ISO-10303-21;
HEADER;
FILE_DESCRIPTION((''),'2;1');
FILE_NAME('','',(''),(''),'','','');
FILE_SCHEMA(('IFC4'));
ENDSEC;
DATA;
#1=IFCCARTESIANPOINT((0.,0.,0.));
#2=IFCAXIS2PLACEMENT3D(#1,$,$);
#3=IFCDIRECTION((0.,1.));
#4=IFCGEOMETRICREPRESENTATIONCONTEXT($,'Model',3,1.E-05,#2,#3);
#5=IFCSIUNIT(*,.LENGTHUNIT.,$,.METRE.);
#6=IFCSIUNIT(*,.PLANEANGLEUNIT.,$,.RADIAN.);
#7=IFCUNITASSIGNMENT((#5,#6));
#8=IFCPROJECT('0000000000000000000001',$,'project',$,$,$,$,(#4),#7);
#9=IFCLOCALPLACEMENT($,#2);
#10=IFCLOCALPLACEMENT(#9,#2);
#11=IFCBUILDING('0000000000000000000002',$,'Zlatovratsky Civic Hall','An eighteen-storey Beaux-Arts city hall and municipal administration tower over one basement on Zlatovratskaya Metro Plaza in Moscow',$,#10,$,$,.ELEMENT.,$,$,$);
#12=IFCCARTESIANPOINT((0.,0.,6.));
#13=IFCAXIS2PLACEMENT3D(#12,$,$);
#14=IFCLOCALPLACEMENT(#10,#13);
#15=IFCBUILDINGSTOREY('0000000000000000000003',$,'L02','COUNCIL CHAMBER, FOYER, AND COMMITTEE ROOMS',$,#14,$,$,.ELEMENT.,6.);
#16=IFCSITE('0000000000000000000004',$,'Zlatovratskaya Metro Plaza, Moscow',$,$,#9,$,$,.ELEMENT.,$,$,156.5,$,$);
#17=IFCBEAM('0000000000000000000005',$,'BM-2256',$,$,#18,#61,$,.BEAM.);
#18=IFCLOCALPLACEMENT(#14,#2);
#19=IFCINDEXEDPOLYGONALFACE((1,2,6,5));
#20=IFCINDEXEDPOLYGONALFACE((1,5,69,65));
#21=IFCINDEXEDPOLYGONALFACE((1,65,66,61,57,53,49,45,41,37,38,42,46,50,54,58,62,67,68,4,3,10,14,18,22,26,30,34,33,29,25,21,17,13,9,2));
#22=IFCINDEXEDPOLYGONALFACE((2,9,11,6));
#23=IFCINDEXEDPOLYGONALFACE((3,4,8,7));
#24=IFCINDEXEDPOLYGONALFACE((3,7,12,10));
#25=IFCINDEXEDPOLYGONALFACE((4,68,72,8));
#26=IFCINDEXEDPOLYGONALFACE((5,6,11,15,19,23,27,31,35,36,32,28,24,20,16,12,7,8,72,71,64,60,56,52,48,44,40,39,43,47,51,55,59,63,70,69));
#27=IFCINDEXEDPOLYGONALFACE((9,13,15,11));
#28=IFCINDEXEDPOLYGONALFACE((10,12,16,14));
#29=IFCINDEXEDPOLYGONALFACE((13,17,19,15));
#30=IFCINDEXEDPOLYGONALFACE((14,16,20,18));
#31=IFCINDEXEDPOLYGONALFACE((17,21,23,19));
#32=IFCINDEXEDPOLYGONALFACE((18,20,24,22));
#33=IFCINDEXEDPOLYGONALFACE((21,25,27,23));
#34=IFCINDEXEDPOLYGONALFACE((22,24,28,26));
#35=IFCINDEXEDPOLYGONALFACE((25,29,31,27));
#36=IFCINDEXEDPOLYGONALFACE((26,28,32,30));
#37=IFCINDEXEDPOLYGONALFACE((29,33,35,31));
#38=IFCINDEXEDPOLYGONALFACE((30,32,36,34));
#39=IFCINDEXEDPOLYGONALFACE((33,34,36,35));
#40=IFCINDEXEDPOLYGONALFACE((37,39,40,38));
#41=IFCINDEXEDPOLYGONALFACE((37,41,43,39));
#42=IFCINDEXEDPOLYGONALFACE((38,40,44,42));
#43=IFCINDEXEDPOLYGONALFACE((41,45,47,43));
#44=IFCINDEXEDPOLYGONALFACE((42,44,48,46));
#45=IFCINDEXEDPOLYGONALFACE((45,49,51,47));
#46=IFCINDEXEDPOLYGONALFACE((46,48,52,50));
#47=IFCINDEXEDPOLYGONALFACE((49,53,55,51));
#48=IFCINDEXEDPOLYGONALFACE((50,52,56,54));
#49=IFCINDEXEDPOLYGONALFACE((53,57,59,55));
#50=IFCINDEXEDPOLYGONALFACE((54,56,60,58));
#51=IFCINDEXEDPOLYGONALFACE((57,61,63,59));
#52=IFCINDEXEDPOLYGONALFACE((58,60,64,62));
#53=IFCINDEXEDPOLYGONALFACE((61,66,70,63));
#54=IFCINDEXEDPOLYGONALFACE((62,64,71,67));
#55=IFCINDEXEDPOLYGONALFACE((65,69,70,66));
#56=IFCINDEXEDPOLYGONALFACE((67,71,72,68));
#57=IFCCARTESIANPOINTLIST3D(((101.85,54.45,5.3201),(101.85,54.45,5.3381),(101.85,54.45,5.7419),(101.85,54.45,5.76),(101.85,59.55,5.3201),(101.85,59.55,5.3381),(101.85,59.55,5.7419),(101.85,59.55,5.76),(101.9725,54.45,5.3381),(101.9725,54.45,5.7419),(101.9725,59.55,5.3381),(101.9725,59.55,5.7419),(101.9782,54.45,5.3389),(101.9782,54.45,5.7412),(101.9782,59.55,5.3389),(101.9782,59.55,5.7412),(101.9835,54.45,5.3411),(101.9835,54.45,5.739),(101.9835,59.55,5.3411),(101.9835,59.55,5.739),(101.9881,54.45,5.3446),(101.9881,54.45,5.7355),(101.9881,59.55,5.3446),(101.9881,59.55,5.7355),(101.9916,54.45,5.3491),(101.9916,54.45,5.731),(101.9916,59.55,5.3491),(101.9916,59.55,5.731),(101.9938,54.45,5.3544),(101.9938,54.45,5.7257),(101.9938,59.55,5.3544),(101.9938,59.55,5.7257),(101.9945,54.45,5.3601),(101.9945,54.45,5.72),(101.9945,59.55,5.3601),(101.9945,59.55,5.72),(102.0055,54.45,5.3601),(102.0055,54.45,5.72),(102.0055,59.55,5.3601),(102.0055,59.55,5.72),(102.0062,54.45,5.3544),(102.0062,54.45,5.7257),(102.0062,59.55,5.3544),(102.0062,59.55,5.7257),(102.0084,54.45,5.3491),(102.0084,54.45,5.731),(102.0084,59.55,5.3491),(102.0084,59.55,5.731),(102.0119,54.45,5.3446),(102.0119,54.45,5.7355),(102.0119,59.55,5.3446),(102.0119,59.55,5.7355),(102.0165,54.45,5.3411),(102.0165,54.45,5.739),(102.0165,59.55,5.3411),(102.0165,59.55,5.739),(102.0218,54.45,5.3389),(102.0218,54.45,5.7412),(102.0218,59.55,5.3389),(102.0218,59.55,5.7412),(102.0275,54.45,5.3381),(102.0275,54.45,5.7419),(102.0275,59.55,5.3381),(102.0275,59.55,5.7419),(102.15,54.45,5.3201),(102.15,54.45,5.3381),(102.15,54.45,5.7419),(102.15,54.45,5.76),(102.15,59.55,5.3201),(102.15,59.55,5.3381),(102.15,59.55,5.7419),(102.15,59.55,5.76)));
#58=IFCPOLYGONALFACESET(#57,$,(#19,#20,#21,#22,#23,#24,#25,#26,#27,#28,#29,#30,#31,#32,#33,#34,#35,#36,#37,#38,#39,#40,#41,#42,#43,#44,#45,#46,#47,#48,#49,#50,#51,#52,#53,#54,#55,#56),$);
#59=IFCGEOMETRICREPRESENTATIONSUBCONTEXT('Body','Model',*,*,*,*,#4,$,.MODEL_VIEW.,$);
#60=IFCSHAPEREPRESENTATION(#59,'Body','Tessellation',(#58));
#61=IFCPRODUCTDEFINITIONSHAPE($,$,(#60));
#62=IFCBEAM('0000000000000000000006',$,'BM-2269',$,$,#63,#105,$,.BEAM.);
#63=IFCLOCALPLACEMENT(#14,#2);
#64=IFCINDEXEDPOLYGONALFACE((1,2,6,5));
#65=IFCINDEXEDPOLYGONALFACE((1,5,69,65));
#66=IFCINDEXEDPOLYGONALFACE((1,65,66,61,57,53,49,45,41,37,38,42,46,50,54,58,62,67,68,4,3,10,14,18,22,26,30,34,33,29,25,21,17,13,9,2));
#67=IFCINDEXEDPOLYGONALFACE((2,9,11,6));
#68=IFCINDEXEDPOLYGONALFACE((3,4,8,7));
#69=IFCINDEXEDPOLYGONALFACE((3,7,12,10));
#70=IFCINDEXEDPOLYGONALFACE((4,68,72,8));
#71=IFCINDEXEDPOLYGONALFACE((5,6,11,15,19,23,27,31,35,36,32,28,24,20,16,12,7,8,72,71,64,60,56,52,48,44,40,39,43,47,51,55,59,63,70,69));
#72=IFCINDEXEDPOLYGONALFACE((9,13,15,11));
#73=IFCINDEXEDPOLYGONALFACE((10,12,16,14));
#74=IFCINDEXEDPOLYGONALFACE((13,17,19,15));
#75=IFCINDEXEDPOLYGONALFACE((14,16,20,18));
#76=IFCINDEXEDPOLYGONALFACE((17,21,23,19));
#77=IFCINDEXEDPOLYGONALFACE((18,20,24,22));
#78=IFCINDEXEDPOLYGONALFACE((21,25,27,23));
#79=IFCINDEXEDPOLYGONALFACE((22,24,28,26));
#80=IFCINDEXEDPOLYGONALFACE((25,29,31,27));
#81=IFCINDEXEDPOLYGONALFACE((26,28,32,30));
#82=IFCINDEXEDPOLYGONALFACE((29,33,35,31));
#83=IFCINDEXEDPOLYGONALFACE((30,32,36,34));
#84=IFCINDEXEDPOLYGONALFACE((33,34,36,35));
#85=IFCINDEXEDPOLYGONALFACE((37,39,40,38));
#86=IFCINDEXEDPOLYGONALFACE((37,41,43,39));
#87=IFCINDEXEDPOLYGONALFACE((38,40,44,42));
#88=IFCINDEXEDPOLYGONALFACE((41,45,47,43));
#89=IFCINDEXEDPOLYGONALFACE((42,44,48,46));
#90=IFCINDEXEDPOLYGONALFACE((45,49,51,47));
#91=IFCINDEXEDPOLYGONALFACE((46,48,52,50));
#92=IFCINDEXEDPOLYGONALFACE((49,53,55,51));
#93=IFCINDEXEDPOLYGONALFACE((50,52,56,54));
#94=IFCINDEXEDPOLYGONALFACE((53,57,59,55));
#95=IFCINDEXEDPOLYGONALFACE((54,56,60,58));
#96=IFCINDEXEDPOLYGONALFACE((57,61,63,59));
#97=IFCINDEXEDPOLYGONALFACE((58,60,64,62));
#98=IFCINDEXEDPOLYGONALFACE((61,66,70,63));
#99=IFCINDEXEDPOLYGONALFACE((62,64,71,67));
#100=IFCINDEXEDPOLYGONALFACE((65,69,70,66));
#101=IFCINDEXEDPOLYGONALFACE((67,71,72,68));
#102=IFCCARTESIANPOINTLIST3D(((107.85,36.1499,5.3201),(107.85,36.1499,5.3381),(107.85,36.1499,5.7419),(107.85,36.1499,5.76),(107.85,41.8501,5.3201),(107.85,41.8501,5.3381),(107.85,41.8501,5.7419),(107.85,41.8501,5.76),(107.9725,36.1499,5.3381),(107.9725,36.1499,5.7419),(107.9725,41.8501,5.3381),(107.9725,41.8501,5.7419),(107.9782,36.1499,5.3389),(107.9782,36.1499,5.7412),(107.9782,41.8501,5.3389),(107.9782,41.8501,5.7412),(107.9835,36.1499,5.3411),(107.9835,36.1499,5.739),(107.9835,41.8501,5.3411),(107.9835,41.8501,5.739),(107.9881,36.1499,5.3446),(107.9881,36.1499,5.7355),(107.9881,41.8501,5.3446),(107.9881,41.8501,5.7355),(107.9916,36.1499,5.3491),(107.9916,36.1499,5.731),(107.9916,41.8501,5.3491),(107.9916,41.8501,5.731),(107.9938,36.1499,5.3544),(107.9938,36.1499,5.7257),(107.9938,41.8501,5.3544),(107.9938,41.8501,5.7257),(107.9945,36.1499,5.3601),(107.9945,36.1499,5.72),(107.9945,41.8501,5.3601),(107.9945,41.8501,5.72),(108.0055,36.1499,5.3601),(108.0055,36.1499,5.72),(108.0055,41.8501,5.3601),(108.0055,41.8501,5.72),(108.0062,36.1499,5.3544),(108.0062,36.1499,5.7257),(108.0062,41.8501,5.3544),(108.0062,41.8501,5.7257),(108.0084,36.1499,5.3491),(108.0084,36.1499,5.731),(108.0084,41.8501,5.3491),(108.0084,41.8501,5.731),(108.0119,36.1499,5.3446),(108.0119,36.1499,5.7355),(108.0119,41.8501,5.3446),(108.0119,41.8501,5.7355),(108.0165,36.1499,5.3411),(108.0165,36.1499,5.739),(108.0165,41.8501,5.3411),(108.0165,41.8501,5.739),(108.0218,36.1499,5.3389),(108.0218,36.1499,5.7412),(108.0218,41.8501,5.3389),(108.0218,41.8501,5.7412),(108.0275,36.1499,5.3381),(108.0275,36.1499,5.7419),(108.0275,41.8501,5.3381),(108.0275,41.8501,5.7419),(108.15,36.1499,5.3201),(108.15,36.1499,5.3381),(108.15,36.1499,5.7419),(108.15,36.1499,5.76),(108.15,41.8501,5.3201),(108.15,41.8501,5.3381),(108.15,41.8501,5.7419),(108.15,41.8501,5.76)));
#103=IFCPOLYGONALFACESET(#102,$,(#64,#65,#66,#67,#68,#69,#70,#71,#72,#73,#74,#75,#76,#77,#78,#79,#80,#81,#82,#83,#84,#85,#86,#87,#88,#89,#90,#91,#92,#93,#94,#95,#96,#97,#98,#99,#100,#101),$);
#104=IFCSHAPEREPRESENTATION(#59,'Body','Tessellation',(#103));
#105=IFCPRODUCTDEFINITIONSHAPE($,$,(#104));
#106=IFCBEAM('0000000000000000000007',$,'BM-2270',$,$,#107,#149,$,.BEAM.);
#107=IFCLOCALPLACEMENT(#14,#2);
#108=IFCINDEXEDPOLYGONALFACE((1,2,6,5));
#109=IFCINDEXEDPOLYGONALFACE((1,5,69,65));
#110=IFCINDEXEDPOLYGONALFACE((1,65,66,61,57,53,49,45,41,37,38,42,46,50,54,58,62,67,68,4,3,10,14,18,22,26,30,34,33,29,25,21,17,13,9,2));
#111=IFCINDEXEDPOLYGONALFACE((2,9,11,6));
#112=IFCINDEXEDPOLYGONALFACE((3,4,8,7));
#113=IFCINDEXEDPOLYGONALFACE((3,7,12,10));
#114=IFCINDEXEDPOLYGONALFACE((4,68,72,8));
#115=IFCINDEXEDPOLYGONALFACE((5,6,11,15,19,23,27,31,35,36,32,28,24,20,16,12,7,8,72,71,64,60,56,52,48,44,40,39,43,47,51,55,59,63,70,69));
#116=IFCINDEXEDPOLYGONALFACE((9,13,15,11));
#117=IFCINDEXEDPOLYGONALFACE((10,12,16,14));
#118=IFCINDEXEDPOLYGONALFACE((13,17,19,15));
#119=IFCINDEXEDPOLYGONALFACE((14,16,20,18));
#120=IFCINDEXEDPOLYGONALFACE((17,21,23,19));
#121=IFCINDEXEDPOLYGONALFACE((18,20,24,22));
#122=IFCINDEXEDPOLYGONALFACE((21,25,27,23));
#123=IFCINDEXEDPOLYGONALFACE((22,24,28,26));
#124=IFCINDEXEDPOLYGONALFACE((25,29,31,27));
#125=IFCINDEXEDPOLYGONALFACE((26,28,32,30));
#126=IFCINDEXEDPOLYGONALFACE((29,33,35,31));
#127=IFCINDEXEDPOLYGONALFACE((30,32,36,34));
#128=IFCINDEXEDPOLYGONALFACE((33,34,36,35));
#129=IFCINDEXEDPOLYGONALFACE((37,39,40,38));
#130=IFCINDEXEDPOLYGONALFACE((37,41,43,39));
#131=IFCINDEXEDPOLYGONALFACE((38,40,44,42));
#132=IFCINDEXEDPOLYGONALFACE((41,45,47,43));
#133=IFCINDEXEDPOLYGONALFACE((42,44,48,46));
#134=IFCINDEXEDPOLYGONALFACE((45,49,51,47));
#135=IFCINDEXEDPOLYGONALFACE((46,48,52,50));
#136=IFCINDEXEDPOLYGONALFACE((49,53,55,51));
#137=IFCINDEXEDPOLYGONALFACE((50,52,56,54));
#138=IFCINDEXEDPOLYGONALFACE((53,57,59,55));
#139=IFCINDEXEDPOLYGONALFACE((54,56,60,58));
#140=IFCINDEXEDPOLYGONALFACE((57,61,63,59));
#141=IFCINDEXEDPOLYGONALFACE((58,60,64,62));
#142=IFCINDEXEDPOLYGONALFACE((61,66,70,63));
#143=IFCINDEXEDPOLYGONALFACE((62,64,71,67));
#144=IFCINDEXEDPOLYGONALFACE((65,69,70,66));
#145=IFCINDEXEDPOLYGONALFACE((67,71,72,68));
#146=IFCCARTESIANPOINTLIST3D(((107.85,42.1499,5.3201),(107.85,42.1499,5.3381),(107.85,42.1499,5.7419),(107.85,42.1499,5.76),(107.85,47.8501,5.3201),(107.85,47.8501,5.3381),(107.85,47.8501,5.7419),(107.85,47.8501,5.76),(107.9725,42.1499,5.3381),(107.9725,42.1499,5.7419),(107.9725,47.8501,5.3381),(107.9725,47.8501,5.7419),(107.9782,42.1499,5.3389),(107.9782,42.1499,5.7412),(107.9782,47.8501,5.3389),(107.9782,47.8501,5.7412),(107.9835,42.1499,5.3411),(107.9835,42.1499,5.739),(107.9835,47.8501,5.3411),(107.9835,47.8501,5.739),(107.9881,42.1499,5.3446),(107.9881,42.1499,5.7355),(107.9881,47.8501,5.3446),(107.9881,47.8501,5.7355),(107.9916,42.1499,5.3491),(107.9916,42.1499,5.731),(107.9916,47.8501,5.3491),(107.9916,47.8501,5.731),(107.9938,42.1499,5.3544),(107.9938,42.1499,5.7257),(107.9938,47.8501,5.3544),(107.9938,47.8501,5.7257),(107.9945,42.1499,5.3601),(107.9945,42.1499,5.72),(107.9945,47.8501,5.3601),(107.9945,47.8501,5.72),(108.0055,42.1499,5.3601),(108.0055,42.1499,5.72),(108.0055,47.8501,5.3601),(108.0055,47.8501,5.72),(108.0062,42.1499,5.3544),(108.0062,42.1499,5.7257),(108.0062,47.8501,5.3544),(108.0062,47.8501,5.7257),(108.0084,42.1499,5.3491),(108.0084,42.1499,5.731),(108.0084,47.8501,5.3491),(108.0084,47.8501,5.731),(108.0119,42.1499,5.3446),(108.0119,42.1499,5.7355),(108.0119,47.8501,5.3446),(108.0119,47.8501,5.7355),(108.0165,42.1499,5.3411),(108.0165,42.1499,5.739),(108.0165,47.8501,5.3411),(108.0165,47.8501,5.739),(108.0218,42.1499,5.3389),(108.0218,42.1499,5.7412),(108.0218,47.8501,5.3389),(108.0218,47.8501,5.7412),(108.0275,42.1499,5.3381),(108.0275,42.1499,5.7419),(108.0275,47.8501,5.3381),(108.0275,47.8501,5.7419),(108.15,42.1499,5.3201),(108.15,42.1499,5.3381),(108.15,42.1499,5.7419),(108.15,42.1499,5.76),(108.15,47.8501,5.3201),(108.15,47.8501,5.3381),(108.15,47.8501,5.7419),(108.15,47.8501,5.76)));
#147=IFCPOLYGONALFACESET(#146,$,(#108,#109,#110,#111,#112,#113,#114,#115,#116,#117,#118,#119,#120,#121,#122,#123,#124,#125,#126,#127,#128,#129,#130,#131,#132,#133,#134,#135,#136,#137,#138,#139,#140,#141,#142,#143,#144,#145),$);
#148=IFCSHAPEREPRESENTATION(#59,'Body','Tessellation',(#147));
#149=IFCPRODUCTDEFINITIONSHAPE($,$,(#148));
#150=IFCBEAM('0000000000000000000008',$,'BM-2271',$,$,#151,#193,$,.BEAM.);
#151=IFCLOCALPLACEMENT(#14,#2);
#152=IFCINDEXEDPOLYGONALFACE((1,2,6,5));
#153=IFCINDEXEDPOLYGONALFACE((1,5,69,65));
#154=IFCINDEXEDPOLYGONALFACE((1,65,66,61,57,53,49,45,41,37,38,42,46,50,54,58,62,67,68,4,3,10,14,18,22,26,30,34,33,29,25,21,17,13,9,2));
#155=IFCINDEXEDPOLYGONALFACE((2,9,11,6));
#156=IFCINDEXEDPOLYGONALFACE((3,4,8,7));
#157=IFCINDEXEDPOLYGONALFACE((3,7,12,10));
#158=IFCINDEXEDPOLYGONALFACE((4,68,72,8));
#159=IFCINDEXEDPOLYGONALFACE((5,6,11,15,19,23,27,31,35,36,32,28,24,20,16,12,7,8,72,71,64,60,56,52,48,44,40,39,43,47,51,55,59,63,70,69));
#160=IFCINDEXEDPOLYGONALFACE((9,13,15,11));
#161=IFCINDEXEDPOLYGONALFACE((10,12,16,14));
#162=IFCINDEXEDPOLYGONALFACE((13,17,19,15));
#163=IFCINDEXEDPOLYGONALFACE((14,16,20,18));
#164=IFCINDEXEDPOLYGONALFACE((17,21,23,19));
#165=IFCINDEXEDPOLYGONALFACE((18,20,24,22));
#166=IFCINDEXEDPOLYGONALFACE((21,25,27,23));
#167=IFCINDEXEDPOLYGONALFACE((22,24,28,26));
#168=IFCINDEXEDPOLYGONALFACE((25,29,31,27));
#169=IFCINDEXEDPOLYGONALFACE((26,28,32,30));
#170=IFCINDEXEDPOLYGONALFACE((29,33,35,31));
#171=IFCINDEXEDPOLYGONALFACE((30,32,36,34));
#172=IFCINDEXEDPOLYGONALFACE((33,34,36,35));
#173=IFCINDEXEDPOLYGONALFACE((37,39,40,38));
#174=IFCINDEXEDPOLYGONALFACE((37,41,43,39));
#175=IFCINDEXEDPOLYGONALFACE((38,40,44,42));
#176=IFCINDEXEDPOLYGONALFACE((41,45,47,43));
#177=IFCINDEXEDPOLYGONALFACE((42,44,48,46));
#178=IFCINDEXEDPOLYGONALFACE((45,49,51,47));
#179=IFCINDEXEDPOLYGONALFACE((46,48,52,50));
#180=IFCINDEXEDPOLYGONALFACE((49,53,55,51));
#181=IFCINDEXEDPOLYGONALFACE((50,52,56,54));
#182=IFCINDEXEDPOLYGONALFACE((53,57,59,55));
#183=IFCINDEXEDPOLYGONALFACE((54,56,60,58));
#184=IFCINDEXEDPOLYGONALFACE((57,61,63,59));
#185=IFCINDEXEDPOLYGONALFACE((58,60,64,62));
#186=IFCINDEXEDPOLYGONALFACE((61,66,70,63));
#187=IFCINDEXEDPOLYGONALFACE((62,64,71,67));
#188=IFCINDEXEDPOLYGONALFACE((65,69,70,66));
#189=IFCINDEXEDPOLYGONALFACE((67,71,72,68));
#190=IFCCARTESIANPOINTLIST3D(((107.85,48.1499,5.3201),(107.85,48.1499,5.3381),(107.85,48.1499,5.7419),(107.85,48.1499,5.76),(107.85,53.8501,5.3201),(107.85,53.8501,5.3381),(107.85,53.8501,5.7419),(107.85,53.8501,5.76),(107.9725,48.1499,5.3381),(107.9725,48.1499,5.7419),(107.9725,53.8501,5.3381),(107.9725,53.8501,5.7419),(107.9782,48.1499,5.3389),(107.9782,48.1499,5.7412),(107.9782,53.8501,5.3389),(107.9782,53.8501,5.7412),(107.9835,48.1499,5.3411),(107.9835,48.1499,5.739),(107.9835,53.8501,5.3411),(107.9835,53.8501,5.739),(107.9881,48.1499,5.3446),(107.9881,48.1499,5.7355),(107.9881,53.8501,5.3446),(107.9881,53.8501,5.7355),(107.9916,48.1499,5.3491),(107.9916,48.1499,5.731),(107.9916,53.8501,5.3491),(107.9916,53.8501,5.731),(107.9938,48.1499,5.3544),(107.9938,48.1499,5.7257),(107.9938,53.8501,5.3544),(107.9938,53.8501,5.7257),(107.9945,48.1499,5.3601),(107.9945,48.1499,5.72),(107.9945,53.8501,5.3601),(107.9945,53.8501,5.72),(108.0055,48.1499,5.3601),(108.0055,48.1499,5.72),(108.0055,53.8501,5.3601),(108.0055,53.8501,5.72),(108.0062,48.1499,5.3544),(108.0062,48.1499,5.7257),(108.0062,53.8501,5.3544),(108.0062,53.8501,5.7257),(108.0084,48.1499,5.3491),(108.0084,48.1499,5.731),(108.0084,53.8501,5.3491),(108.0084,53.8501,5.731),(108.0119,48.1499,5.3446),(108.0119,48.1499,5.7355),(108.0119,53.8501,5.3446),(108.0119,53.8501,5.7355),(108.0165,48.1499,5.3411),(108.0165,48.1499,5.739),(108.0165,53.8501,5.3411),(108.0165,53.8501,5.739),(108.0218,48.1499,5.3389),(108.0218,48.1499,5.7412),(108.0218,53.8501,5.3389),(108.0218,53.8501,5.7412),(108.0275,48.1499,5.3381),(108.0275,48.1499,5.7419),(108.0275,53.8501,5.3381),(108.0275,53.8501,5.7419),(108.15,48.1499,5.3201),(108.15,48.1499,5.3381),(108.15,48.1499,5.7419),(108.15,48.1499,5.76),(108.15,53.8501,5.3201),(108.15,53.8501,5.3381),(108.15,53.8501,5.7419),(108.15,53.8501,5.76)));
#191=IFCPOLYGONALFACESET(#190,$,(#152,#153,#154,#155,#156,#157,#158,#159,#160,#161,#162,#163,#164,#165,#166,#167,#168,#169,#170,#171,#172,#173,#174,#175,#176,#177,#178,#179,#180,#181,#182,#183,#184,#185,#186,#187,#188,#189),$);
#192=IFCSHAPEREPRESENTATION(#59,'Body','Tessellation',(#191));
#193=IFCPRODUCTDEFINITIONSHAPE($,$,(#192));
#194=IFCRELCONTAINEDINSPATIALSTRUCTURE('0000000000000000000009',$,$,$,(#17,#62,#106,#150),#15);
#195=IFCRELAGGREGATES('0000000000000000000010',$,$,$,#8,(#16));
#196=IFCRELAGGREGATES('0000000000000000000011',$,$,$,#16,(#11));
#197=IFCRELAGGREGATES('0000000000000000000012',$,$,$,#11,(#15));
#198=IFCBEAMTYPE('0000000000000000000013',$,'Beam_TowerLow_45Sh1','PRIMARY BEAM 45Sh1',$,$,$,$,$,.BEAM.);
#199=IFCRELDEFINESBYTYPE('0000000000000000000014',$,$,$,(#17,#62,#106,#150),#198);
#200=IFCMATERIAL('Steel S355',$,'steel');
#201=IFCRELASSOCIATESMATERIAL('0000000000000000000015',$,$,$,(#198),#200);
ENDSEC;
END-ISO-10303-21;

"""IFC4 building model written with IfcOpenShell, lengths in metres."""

from ifc_helpers import new_model, si_unit, direction, frame, origin, origin_2d, place, context, subcontext, project, spatial, i_section, extrude, material, material_profile, profile_set, type_object, element, save


model = new_model("IFC4")

# Units and contexts
model_context = context("Model", 3, precision=1e-05, world=origin(), true_north=direction((0.0, 1.0)))
body_context = subcontext(model_context, "Body", "Model", "MODEL_VIEW")
ifc_project = project(units=[si_unit("LENGTHUNIT", "METRE"), si_unit("PLANEANGLEUNIT", "RADIAN")], contexts=[model_context])

# Site, building, storey
site_placement = place(None, origin())
site = spatial("IfcSite", under=ifc_project, at=site_placement, Name="Zlatovratskaya Metro Plaza, Moscow", CompositionType="ELEMENT", RefElevation=156.5)
building_placement = place(site_placement, origin())
building = spatial("IfcBuilding", under=site, at=building_placement, Name="Zlatovratsky Civic Hall", Description="An eighteen-storey Beaux-Arts city hall and municipal administration tower over one basement on Zlatovratskaya Metro Plaza in Moscow", CompositionType="ELEMENT")
storey_placement = place(building_placement, frame((0.0, 0.0, 6.0)))
storey = spatial("IfcBuildingStorey", under=building, at=storey_placement, Name="L02", Description="COUNCIL CHAMBER, FOYER, AND COMMITTEE ROOMS", CompositionType="ELEMENT", Elevation=6.0)

# Shared definitions
ifc_material_1 = material(Name="Steel S355", Category="steel")

# Beams
ifc_material_profile_1 = material_profile(ifc_material_1, i_section(OverallWidth=0.3, OverallDepth=0.4399, WebThickness=0.011, FlangeThickness=0.0181, FilletRadius=0.022, at=origin_2d()), Name="45Sh1")
ifc_profile_set_1 = profile_set([ifc_material_profile_1], Name="Steel S355")
beam_type = type_object("IfcBeamType", Name="Beam_TowerLow_45Sh1", Description="PRIMARY BEAM 45Sh1", PredefinedType="BEAM", material=ifc_profile_set_1)
beam_1_placement = place(storey_placement, frame((102.0, 54.45, 5.54), z_axis=(0.0, 1.0, 0.0), x_axis=(-1.0, 0.0, 0.0)))
element("IfcBeam", 1, at=beam_1_placement, inside=storey, type_object=beam_type, Name="BM-2256", PredefinedType="BEAM", context=body_context, shape_type="SweptSolid", body=[
    extrude(i_section(OverallWidth=0.3, OverallDepth=0.4399, WebThickness=0.011, FlangeThickness=0.0181, FilletRadius=0.022, at=origin_2d()), origin(), (0.0, 0.0, 1.0), 5.1001),
])
for number, where, z_axis, x_axis, name in (
    (2, (108.0, 36.1499, 5.54), (0.0, 1.0, 0.0), (-1.0, 0.0, 0.0), "BM-2269"),
    (3, (108.0, 42.1499, 5.54), (0.0, 1.0, 0.0), (-1.0, 0.0, 0.0), "BM-2270"),
    (4, (108.0, 48.1499, 5.54), (0.0, 1.0, 0.0), (-1.0, 0.0, 0.0), "BM-2271"),
):
    element("IfcBeam", number, at=place(storey_placement, frame(where, z_axis=z_axis, x_axis=x_axis)), inside=storey, type_object=beam_type, Name=name, PredefinedType="BEAM", context=body_context, shape_type="SweptSolid", body=[
        extrude(i_section(OverallWidth=0.3, OverallDepth=0.4399, WebThickness=0.011, FlangeThickness=0.0181, FilletRadius=0.022, at=origin_2d()), origin(), (0.0, 0.0, 1.0), 5.7002),
    ])

save(model, "model.ifc")
